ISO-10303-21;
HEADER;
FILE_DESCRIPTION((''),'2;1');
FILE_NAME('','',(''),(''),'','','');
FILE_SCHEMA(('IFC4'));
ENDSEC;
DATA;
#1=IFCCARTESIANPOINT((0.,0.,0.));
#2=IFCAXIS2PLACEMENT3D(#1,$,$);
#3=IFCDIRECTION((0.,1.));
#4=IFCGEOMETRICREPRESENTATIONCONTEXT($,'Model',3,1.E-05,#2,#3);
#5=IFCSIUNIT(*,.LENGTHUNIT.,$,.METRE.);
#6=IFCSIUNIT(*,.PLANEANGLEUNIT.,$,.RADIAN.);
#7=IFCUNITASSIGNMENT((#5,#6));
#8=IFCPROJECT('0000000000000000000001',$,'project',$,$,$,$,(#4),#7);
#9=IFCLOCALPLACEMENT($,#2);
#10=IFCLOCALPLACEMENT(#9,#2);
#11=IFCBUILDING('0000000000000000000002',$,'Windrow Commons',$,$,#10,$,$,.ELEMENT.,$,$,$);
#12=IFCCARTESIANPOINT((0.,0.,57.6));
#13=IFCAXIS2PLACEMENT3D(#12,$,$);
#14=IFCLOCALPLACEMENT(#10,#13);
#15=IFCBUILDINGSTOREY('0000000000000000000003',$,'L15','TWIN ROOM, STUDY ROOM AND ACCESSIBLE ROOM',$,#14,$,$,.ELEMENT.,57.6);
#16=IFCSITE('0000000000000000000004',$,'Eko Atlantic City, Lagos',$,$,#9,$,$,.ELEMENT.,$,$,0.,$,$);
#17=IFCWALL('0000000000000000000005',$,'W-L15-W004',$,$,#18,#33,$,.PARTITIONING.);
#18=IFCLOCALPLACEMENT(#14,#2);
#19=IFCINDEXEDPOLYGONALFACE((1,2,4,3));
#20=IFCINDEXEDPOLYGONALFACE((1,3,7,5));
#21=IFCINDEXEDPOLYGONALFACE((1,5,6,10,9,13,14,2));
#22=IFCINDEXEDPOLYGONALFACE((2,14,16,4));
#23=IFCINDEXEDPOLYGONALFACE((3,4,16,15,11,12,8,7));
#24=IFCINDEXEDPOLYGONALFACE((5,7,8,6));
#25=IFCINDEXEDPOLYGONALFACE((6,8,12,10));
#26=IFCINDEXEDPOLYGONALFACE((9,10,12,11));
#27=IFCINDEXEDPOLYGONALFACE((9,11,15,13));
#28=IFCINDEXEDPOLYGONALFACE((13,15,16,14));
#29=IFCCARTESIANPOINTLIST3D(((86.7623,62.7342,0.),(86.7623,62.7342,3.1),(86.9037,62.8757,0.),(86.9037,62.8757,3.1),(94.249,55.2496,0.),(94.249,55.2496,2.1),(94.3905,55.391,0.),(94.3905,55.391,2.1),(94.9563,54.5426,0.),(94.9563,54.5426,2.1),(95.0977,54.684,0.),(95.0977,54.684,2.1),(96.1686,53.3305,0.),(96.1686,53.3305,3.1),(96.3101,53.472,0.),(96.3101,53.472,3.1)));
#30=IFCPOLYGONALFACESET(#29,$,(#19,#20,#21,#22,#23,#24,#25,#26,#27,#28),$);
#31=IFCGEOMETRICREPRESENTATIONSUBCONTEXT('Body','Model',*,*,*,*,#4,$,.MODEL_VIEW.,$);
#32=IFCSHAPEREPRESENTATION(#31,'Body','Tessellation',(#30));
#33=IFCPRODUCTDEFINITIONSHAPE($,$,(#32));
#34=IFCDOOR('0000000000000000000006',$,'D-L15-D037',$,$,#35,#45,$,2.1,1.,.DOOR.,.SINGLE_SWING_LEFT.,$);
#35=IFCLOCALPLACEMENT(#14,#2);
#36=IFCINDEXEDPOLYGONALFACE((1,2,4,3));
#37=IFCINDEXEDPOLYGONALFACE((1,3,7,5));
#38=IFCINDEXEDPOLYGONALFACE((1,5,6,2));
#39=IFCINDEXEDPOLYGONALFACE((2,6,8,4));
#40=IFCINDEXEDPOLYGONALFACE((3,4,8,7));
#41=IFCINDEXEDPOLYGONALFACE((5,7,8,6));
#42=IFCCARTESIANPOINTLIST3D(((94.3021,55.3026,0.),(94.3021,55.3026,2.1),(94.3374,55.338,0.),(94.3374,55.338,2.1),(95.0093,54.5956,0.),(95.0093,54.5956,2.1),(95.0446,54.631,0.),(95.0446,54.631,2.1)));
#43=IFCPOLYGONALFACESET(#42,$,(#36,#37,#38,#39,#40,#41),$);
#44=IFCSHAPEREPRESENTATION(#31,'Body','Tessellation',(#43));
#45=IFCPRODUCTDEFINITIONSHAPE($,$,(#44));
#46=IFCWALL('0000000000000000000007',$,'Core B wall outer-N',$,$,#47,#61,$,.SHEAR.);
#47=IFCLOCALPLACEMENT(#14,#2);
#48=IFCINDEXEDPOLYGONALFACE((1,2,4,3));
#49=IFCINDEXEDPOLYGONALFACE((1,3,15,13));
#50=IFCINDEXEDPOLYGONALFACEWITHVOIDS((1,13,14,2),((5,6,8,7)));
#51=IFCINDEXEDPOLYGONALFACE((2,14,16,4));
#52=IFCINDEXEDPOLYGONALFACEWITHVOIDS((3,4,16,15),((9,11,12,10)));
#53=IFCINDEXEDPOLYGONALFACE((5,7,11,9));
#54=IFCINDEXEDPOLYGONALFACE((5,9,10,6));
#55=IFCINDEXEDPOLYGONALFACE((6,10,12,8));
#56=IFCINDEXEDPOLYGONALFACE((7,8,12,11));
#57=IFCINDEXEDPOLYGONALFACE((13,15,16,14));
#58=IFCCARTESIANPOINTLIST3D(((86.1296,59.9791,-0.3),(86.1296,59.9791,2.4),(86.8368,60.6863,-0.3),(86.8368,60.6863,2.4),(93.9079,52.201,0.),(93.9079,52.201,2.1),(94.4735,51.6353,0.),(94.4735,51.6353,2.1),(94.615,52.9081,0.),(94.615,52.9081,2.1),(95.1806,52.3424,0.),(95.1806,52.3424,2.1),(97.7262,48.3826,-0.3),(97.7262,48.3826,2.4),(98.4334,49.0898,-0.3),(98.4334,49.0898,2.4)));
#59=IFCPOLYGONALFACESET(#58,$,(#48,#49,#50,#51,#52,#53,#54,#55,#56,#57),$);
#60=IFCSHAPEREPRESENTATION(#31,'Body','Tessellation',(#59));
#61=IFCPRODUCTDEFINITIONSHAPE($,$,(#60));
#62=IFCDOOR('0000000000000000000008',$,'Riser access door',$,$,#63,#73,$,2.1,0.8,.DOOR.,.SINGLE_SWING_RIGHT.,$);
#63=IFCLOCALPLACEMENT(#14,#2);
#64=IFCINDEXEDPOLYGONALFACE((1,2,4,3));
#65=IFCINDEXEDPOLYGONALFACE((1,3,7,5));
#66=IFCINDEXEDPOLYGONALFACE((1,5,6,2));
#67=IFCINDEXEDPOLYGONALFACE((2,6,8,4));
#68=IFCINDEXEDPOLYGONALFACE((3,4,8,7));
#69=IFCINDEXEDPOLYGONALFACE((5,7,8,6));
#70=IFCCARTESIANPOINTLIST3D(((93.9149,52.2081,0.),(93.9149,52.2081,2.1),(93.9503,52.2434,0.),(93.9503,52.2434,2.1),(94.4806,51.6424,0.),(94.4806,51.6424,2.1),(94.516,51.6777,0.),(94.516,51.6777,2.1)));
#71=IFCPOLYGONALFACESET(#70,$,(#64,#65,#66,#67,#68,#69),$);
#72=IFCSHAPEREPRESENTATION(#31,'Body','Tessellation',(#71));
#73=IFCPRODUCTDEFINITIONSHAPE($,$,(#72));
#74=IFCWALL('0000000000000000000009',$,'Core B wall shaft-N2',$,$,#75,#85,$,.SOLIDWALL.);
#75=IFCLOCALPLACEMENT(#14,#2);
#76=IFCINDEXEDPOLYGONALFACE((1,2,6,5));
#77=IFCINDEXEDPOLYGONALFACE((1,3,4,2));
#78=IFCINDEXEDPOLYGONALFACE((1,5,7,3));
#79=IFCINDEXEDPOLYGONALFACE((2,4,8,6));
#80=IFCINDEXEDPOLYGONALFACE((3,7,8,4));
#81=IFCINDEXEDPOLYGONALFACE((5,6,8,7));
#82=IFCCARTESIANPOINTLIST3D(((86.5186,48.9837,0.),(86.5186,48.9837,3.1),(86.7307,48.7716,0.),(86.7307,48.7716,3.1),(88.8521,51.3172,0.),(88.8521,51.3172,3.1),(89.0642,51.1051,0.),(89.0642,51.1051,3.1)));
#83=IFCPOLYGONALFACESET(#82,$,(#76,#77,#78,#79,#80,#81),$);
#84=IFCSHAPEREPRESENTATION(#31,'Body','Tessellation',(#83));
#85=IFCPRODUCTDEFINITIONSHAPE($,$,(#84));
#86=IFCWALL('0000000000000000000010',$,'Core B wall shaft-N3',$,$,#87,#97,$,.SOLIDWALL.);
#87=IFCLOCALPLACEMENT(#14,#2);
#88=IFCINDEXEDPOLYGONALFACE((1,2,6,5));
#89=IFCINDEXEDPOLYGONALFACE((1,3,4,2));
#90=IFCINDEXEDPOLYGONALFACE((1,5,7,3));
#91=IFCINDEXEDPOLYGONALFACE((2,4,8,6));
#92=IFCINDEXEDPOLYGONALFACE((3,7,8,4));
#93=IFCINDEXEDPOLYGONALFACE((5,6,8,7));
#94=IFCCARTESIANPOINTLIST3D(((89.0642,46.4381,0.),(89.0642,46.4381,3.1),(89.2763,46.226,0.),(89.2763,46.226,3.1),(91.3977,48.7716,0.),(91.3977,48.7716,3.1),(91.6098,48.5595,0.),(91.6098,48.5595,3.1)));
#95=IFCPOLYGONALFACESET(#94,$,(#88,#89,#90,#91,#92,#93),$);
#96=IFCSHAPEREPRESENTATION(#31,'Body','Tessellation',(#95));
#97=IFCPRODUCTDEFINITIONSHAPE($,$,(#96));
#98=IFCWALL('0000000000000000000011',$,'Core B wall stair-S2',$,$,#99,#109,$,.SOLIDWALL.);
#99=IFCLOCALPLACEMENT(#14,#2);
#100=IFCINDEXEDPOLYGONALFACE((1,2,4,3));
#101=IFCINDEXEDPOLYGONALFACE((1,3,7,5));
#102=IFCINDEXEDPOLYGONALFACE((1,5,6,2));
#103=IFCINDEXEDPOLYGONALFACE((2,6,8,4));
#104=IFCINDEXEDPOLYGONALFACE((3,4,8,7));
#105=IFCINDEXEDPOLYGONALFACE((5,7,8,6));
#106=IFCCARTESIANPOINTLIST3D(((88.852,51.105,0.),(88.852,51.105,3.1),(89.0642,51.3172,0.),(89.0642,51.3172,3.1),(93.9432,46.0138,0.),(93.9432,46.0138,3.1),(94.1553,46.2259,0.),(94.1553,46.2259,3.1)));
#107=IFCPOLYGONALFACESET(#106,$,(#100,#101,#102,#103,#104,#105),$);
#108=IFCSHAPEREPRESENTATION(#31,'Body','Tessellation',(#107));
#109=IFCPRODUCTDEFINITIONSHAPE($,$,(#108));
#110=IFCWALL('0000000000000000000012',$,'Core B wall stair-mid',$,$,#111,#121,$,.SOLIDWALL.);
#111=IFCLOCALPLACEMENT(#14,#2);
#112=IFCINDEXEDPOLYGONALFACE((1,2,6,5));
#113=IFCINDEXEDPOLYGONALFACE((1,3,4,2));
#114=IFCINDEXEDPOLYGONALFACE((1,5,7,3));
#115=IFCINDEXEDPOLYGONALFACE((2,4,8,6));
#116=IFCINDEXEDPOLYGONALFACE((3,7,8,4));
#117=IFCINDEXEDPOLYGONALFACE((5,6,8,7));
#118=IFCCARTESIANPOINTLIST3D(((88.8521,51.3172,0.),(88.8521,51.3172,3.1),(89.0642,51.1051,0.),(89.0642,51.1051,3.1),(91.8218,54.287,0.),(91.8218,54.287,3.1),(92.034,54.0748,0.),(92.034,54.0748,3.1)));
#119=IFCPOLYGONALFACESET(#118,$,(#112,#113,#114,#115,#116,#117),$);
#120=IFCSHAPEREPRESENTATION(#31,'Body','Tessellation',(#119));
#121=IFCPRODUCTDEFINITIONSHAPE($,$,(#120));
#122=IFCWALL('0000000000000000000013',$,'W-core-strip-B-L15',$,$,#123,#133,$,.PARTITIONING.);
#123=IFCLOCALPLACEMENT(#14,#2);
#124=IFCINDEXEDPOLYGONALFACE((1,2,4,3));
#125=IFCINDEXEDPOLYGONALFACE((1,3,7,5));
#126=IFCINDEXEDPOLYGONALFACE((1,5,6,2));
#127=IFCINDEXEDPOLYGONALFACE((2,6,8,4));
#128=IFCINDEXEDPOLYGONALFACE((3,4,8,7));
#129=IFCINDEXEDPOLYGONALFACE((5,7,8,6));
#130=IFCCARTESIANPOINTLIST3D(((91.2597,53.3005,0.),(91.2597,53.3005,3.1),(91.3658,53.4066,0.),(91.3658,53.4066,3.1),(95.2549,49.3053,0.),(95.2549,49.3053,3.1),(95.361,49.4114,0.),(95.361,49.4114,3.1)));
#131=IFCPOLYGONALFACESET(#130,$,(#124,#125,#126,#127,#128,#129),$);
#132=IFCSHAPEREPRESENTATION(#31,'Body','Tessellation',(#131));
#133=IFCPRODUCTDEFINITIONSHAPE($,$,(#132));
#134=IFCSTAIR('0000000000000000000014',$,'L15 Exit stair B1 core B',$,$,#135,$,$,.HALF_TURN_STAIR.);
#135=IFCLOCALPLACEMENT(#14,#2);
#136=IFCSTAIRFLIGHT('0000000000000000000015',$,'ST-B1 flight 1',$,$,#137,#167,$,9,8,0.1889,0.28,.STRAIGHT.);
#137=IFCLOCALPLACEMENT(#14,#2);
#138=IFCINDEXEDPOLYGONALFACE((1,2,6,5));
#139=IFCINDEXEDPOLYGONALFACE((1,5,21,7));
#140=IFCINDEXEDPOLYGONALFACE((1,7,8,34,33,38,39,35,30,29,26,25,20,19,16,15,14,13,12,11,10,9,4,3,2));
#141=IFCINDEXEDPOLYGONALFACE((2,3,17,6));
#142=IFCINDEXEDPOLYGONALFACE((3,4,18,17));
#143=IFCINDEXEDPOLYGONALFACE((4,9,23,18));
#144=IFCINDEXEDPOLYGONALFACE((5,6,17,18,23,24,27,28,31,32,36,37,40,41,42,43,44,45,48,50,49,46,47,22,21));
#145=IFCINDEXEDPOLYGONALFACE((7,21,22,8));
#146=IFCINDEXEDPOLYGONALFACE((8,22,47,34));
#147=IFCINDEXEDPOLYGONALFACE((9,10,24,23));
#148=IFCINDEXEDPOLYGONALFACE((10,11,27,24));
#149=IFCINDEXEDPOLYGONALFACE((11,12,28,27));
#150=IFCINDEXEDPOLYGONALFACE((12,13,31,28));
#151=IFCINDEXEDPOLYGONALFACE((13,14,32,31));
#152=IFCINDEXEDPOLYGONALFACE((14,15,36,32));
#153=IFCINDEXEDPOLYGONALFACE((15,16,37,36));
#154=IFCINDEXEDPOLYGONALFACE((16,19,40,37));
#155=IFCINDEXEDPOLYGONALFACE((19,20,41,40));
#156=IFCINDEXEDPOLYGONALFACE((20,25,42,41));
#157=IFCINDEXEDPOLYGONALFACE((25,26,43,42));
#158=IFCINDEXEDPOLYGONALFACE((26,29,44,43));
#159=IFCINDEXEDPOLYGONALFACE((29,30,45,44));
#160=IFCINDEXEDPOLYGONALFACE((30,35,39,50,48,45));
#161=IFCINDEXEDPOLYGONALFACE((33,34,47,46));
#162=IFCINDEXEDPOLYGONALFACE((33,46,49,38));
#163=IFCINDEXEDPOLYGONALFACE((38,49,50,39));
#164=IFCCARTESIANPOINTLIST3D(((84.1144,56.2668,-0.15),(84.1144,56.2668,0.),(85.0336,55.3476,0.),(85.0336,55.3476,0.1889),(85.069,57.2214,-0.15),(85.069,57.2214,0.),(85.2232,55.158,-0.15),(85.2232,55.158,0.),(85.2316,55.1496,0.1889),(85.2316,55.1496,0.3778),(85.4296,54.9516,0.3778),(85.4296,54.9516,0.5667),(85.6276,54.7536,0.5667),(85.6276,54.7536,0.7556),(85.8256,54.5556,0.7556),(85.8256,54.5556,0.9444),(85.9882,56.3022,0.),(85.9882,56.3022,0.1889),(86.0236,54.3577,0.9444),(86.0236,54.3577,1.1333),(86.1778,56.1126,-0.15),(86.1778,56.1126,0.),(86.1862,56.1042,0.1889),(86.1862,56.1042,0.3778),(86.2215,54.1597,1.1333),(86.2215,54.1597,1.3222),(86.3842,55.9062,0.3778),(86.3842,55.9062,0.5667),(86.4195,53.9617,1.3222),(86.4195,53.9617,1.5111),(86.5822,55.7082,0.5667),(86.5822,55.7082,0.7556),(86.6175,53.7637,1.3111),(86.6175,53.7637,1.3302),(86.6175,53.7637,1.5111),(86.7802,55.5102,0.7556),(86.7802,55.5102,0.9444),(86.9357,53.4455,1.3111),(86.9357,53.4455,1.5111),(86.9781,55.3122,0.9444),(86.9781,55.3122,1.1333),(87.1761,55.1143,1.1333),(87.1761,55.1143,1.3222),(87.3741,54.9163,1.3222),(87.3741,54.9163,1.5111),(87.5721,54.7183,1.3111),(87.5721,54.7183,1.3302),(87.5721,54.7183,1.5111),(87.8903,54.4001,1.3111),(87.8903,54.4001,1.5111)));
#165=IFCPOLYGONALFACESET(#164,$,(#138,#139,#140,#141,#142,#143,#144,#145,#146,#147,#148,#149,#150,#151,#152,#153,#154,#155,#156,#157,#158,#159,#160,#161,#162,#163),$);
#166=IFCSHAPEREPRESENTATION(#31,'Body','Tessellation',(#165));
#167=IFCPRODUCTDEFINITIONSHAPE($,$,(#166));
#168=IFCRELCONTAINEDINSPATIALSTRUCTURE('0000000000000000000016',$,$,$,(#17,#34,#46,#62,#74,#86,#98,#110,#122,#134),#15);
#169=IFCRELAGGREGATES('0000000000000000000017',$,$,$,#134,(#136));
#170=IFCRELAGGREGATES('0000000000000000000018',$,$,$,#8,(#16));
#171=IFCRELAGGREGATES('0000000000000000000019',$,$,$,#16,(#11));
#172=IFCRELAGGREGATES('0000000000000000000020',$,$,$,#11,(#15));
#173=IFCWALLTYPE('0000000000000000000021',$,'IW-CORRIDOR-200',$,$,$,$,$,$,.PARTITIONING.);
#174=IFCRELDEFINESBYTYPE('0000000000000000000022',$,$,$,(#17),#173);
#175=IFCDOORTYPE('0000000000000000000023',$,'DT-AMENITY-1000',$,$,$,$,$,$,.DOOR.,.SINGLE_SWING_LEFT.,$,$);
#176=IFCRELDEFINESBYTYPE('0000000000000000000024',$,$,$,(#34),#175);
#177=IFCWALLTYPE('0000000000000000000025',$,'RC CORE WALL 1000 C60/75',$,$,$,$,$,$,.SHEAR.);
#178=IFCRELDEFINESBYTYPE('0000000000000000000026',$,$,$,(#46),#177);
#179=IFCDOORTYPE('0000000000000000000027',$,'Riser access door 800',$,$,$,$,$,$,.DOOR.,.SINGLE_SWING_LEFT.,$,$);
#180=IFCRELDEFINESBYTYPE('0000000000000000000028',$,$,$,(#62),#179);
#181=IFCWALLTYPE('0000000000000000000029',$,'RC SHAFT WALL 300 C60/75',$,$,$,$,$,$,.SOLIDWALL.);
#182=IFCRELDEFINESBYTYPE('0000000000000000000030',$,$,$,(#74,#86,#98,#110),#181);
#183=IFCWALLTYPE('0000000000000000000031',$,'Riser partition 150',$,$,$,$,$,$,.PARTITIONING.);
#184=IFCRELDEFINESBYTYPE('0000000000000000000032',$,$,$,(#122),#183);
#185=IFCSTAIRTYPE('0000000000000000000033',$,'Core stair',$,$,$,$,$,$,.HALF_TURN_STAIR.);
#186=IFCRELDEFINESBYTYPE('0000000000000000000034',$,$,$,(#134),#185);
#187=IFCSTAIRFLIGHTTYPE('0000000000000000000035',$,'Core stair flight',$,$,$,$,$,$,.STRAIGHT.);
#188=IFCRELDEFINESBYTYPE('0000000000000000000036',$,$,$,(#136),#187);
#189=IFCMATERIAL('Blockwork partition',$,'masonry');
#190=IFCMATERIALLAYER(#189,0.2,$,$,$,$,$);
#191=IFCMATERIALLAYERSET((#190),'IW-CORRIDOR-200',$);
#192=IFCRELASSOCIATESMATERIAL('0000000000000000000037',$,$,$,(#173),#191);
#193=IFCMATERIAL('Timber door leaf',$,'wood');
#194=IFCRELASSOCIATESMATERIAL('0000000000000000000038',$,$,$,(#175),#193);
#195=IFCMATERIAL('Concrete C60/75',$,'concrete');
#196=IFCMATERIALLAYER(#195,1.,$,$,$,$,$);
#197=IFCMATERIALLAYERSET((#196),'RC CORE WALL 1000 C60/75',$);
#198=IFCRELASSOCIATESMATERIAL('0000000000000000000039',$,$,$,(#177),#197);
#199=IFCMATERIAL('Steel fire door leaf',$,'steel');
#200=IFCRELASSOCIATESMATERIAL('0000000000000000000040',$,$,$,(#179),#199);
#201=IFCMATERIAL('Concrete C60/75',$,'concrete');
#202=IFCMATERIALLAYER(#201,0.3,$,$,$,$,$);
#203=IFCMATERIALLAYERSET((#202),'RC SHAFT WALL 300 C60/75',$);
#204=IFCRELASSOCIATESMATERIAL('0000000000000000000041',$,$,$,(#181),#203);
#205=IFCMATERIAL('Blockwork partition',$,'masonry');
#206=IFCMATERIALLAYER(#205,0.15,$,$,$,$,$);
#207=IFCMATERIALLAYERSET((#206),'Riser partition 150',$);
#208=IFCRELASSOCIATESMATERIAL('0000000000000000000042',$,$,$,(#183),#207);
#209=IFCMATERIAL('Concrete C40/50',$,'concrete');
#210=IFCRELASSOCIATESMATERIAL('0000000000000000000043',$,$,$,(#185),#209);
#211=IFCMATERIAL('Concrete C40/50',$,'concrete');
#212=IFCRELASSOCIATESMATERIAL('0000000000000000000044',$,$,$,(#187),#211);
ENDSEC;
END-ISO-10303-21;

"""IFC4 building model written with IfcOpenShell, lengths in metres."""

from ifc_helpers import new_model, si_unit, direction, frame, frame_2d, origin, place, context, subcontext, project, spatial, polyline, rectangle, outline, extrude, material, layer, layer_set, type_object, element, fill, aggregate, save


model = new_model("IFC4")

# Units and contexts
model_context = context("Model", 3, precision=1e-05, world=origin(), true_north=direction((0.0, 1.0)))
body_context = subcontext(model_context, "Body", "Model", "MODEL_VIEW")
ifc_project = project(units=[si_unit("LENGTHUNIT", "METRE"), si_unit("PLANEANGLEUNIT", "RADIAN")], contexts=[model_context])

# Site, building, storey
site_placement = place(None, origin())
site = spatial("IfcSite", under=ifc_project, at=site_placement, Name="Eko Atlantic City, Lagos", CompositionType="ELEMENT", RefElevation=0.0)
building_placement = place(site_placement, origin())
building = spatial("IfcBuilding", under=site, at=building_placement, Name="Windrow Commons", CompositionType="ELEMENT")
storey_placement = place(building_placement, frame((0.0, 0.0, 57.6)))
storey = spatial("IfcBuildingStorey", under=building, at=storey_placement, Name="L15", Description="TWIN ROOM, STUDY ROOM AND ACCESSIBLE ROOM", CompositionType="ELEMENT", Elevation=57.6)

# Walls, openings, doors
ifc_material_1 = material(Name="Blockwork partition", Category="masonry")
ifc_layer_1 = layer(ifc_material_1, 0.2)
ifc_layer_set_1 = layer_set([ifc_layer_1], Name="IW-CORRIDOR-200")
wall_type_1 = type_object("IfcWallType", Name="IW-CORRIDOR-200", PredefinedType="PARTITIONING", material=ifc_layer_set_1)
wall_1_placement = place(storey_placement, frame((86.833, 62.805, 0.0), z_axis=(0.0, 0.0, 1.0), x_axis=(0.707205, -0.707009, 0.0)))
wall_1 = element("IfcWall", 1, at=wall_1_placement, inside=storey, type_object=wall_type_1, Name="W-L15-W004", PredefinedType="PARTITIONING", context=body_context, shape_type="SweptSolid", body=[
    extrude(rectangle(XDim=13.3007, YDim=0.2, at=frame_2d((6.6504, 0.0))), origin(), (0.0, 0.0, 1.0), 3.1),
])
opening_1_placement = place(wall_1_placement, frame((10.5864, 0.0, 0.0)))
opening_1 = element("IfcOpeningElement", 2, at=opening_1_placement, cuts=wall_1, PredefinedType="OPENING", context=body_context, shape_type="SweptSolid", body=[
    extrude(rectangle(XDim=1.0, YDim=2.1, at=frame_2d((0.5, 1.05))), frame((0.0, 0.11, 0.0), z_axis=(0.0, -1.0, 0.0), x_axis=(1.0, 0.0, 0.0)), (0.0, 0.0, 1.0), 0.22),
])
ifc_material_2 = material(Name="Timber door leaf", Category="wood")
door_type_1 = type_object("IfcDoorType", Name="DT-AMENITY-1000", OperationType="SINGLE_SWING_LEFT", PredefinedType="DOOR", material=ifc_material_2)
door_1_placement = place(opening_1_placement, origin())
door_1 = element("IfcDoor", 3, at=door_1_placement, inside=storey, type_object=door_type_1, Name="D-L15-D037", OperationType="SINGLE_SWING_LEFT", OverallHeight=2.1, OverallWidth=1.0, PredefinedType="DOOR", context=body_context, shape_type="SweptSolid", body=[
    extrude(rectangle(XDim=1.0, YDim=2.1, at=frame_2d((0.5, 1.05))), frame((0.0, 0.025, 0.0), z_axis=(0.0, -1.0, 0.0), x_axis=(1.0, 0.0, 0.0)), (0.0, 0.0, 1.0), 0.05),
])
fill(opening_1, door_1)
ifc_material_3 = material(Name="Concrete C60/75", Category="concrete")
ifc_layer_2 = layer(ifc_material_3, 1.0)
ifc_layer_set_2 = layer_set([ifc_layer_2], Name="RC CORE WALL 1000 C60/75")
wall_type_2 = type_object("IfcWallType", Name="RC CORE WALL 1000 C60/75", PredefinedType="SHEAR", material=ifc_layer_set_2)
wall_2_placement = place(storey_placement, frame((86.4832, 60.3327, -0.3), z_axis=(0.0, 0.0, 1.0), x_axis=(0.70711, -0.707104, 0.0)))
wall_2 = element("IfcWall", 4, at=wall_2_placement, inside=storey, type_object=wall_type_2, Name="Core B wall outer-N", PredefinedType="SHEAR", context=body_context, shape_type="SweptSolid", body=[
    extrude(rectangle(XDim=16.4, YDim=1.0, at=frame_2d((8.2, 0.0))), origin(), (0.0, 0.0, 1.0), 2.7),
])
opening_2_placement = place(wall_2_placement, frame((11.0, 0.0, 0.3)))
opening_2 = element("IfcOpeningElement", 5, at=opening_2_placement, cuts=wall_2, PredefinedType="OPENING", context=body_context, shape_type="SweptSolid", body=[
    extrude(rectangle(XDim=0.8, YDim=2.1, at=frame_2d((0.4, 1.05))), frame((0.0, 0.51, 0.0), z_axis=(0.0, -1.0, 0.0), x_axis=(1.0, 0.0, 0.0)), (0.0, 0.0, 1.0), 1.02),
])
ifc_material_4 = material(Name="Steel fire door leaf", Category="steel")
door_type_2 = type_object("IfcDoorType", Name="Riser access door 800", OperationType="SINGLE_SWING_LEFT", PredefinedType="DOOR", material=ifc_material_4)
door_2_placement = place(opening_2_placement, origin())
door_2 = element("IfcDoor", 6, at=door_2_placement, inside=storey, type_object=door_type_2, Name="Riser access door", OperationType="SINGLE_SWING_RIGHT", OverallHeight=2.1, OverallWidth=0.8, PredefinedType="DOOR", context=body_context, shape_type="SweptSolid", body=[
    extrude(rectangle(XDim=0.8, YDim=2.1, at=frame_2d((0.4, 1.05))), frame((0.0, -0.44, 0.0), z_axis=(0.0, -1.0, 0.0), x_axis=(1.0, 0.0, 0.0)), (0.0, 0.0, 1.0), 0.05),
])
fill(opening_2, door_2)

# Walls
ifc_material_5 = material(Name="Concrete C60/75", Category="concrete")
ifc_layer_3 = layer(ifc_material_5, 0.3)
ifc_layer_set_3 = layer_set([ifc_layer_3], Name="RC SHAFT WALL 300 C60/75")
wall_type_3 = type_object("IfcWallType", Name="RC SHAFT WALL 300 C60/75", PredefinedType="SOLIDWALL", material=ifc_layer_set_3)
for number, where, z_axis, x_axis, name in (
    (7, (86.6246, 48.8776, 0.0), (0.0, 0.0, 1.0), (0.707107, 0.707107, 0.0), "Core B wall shaft-N2"),
    (8, (89.1702, 46.332, 0.0), (0.0, 0.0, 1.0), (0.707107, 0.707107, 0.0), "Core B wall shaft-N3"),
):
    element("IfcWall", number, at=place(storey_placement, frame(where, z_axis=z_axis, x_axis=x_axis)), inside=storey, type_object=wall_type_3, Name=name, PredefinedType="SOLIDWALL", context=body_context, shape_type="SweptSolid", body=[
        extrude(rectangle(XDim=3.3001, YDim=0.3, at=frame_2d((1.6501, 0.0))), origin(), (0.0, 0.0, 1.0), 3.1),
    ])
wall_3_placement = place(storey_placement, frame((88.9581, 51.2111, 0.0), z_axis=(0.0, 0.0, 1.0), x_axis=(0.7071, -0.707114, 0.0)))
element("IfcWall", 9, at=wall_3_placement, inside=storey, type_object=wall_type_3, Name="Core B wall stair-S2", PredefinedType="SOLIDWALL", context=body_context, shape_type="SweptSolid", body=[
    extrude(rectangle(XDim=7.2, YDim=0.3, at=frame_2d((3.6, 0.0))), origin(), (0.0, 0.0, 1.0), 3.1),
])
wall_4_placement = place(storey_placement, frame((88.9581, 51.2111, 0.0), z_axis=(0.0, 0.0, 1.0), x_axis=(0.707107, 0.707107, 0.0)))
element("IfcWall", 10, at=wall_4_placement, inside=storey, type_object=wall_type_3, Name="Core B wall stair-mid", PredefinedType="SOLIDWALL", context=body_context, shape_type="SweptSolid", body=[
    extrude(rectangle(XDim=4.1999, YDim=0.3, at=frame_2d((2.1, 0.0))), origin(), (0.0, 0.0, 1.0), 3.1),
])
ifc_material_6 = material(Name="Blockwork partition", Category="masonry")
ifc_layer_4 = layer(ifc_material_6, 0.15)
ifc_layer_set_4 = layer_set([ifc_layer_4], Name="Riser partition 150")
wall_type_4 = type_object("IfcWallType", Name="Riser partition 150", PredefinedType="PARTITIONING", material=ifc_layer_set_4)
wall_5_placement = place(storey_placement, frame((91.3127, 53.3536, 0.0), z_axis=(0.0, 0.0, 1.0), x_axis=(0.707107, -0.707107, 0.0)))
element("IfcWall", 11, at=wall_5_placement, inside=storey, type_object=wall_type_4, Name="W-core-strip-B-L15", PredefinedType="PARTITIONING", context=body_context, shape_type="SweptSolid", body=[
    extrude(rectangle(XDim=5.6501, YDim=0.15, at=frame_2d((2.8251, 0.0))), origin(), (0.0, 0.0, 1.0), 3.1),
])

# Stair, stair flight
ifc_material_7 = material(Name="Concrete C40/50", Category="concrete")
stair_type = type_object("IfcStairType", Name="Core stair", PredefinedType="HALF_TURN_STAIR", material=ifc_material_7)
placement = place(storey_placement, origin())
stair_1 = element("IfcStair", 12, at=placement, inside=storey, type_object=stair_type, Name="L15 Exit stair B1 core B", PredefinedType="HALF_TURN_STAIR")
ifc_material_8 = material(Name="Concrete C40/50", Category="concrete")
stair_flight_type = type_object("IfcStairFlightType", Name="Core stair flight", PredefinedType="STRAIGHT", material=ifc_material_8)
stair_flight_1_placement = place(storey_placement, frame((85.5109, 55.8249, 0.0), z_axis=(0.0, 0.0, 1.0), x_axis=(0.707107, -0.707107, 0.0)))
stair_flight_1 = element("IfcStairFlight", 13, at=stair_flight_1_placement, type_object=stair_flight_type, Name="ST-B1 flight 1", NumberOfRisers=9, NumberOfTreads=8, PredefinedType="STRAIGHT", RiserHeight=0.1889, TreadLength=0.28, context=body_context, shape_type="SweptSolid", body=[
    extrude(outline(polyline([(-1.3, -0.15), (-1.3, 0.0), (0.0, 0.0), (0.0, 0.1889), (0.28, 0.1889), (0.28, 0.3778), (0.56, 0.3778), (0.56, 0.5667), (0.84, 0.5667), (0.84, 0.7556), (1.12, 0.7556), (1.12, 0.9444), (1.4, 0.9444), (1.4, 1.1333), (1.68, 1.1333), (1.68, 1.3222), (1.96, 1.3222), (1.96, 1.5111), (2.24, 1.5111), (2.69, 1.5111), (2.69, 1.3111), (2.24, 1.3111), (2.24, 1.3302), (0.2682, 0.0), (0.2682, -0.15), (-1.3, -0.15)])), frame((0.0, 0.675, 0.0), z_axis=(0.0, -1.0, 0.0), x_axis=(1.0, 0.0, 0.0)), (0.0, 0.0, 1.0), 1.35),
])
aggregate(stair_1, [stair_flight_1])

save(model, "model.ifc")
